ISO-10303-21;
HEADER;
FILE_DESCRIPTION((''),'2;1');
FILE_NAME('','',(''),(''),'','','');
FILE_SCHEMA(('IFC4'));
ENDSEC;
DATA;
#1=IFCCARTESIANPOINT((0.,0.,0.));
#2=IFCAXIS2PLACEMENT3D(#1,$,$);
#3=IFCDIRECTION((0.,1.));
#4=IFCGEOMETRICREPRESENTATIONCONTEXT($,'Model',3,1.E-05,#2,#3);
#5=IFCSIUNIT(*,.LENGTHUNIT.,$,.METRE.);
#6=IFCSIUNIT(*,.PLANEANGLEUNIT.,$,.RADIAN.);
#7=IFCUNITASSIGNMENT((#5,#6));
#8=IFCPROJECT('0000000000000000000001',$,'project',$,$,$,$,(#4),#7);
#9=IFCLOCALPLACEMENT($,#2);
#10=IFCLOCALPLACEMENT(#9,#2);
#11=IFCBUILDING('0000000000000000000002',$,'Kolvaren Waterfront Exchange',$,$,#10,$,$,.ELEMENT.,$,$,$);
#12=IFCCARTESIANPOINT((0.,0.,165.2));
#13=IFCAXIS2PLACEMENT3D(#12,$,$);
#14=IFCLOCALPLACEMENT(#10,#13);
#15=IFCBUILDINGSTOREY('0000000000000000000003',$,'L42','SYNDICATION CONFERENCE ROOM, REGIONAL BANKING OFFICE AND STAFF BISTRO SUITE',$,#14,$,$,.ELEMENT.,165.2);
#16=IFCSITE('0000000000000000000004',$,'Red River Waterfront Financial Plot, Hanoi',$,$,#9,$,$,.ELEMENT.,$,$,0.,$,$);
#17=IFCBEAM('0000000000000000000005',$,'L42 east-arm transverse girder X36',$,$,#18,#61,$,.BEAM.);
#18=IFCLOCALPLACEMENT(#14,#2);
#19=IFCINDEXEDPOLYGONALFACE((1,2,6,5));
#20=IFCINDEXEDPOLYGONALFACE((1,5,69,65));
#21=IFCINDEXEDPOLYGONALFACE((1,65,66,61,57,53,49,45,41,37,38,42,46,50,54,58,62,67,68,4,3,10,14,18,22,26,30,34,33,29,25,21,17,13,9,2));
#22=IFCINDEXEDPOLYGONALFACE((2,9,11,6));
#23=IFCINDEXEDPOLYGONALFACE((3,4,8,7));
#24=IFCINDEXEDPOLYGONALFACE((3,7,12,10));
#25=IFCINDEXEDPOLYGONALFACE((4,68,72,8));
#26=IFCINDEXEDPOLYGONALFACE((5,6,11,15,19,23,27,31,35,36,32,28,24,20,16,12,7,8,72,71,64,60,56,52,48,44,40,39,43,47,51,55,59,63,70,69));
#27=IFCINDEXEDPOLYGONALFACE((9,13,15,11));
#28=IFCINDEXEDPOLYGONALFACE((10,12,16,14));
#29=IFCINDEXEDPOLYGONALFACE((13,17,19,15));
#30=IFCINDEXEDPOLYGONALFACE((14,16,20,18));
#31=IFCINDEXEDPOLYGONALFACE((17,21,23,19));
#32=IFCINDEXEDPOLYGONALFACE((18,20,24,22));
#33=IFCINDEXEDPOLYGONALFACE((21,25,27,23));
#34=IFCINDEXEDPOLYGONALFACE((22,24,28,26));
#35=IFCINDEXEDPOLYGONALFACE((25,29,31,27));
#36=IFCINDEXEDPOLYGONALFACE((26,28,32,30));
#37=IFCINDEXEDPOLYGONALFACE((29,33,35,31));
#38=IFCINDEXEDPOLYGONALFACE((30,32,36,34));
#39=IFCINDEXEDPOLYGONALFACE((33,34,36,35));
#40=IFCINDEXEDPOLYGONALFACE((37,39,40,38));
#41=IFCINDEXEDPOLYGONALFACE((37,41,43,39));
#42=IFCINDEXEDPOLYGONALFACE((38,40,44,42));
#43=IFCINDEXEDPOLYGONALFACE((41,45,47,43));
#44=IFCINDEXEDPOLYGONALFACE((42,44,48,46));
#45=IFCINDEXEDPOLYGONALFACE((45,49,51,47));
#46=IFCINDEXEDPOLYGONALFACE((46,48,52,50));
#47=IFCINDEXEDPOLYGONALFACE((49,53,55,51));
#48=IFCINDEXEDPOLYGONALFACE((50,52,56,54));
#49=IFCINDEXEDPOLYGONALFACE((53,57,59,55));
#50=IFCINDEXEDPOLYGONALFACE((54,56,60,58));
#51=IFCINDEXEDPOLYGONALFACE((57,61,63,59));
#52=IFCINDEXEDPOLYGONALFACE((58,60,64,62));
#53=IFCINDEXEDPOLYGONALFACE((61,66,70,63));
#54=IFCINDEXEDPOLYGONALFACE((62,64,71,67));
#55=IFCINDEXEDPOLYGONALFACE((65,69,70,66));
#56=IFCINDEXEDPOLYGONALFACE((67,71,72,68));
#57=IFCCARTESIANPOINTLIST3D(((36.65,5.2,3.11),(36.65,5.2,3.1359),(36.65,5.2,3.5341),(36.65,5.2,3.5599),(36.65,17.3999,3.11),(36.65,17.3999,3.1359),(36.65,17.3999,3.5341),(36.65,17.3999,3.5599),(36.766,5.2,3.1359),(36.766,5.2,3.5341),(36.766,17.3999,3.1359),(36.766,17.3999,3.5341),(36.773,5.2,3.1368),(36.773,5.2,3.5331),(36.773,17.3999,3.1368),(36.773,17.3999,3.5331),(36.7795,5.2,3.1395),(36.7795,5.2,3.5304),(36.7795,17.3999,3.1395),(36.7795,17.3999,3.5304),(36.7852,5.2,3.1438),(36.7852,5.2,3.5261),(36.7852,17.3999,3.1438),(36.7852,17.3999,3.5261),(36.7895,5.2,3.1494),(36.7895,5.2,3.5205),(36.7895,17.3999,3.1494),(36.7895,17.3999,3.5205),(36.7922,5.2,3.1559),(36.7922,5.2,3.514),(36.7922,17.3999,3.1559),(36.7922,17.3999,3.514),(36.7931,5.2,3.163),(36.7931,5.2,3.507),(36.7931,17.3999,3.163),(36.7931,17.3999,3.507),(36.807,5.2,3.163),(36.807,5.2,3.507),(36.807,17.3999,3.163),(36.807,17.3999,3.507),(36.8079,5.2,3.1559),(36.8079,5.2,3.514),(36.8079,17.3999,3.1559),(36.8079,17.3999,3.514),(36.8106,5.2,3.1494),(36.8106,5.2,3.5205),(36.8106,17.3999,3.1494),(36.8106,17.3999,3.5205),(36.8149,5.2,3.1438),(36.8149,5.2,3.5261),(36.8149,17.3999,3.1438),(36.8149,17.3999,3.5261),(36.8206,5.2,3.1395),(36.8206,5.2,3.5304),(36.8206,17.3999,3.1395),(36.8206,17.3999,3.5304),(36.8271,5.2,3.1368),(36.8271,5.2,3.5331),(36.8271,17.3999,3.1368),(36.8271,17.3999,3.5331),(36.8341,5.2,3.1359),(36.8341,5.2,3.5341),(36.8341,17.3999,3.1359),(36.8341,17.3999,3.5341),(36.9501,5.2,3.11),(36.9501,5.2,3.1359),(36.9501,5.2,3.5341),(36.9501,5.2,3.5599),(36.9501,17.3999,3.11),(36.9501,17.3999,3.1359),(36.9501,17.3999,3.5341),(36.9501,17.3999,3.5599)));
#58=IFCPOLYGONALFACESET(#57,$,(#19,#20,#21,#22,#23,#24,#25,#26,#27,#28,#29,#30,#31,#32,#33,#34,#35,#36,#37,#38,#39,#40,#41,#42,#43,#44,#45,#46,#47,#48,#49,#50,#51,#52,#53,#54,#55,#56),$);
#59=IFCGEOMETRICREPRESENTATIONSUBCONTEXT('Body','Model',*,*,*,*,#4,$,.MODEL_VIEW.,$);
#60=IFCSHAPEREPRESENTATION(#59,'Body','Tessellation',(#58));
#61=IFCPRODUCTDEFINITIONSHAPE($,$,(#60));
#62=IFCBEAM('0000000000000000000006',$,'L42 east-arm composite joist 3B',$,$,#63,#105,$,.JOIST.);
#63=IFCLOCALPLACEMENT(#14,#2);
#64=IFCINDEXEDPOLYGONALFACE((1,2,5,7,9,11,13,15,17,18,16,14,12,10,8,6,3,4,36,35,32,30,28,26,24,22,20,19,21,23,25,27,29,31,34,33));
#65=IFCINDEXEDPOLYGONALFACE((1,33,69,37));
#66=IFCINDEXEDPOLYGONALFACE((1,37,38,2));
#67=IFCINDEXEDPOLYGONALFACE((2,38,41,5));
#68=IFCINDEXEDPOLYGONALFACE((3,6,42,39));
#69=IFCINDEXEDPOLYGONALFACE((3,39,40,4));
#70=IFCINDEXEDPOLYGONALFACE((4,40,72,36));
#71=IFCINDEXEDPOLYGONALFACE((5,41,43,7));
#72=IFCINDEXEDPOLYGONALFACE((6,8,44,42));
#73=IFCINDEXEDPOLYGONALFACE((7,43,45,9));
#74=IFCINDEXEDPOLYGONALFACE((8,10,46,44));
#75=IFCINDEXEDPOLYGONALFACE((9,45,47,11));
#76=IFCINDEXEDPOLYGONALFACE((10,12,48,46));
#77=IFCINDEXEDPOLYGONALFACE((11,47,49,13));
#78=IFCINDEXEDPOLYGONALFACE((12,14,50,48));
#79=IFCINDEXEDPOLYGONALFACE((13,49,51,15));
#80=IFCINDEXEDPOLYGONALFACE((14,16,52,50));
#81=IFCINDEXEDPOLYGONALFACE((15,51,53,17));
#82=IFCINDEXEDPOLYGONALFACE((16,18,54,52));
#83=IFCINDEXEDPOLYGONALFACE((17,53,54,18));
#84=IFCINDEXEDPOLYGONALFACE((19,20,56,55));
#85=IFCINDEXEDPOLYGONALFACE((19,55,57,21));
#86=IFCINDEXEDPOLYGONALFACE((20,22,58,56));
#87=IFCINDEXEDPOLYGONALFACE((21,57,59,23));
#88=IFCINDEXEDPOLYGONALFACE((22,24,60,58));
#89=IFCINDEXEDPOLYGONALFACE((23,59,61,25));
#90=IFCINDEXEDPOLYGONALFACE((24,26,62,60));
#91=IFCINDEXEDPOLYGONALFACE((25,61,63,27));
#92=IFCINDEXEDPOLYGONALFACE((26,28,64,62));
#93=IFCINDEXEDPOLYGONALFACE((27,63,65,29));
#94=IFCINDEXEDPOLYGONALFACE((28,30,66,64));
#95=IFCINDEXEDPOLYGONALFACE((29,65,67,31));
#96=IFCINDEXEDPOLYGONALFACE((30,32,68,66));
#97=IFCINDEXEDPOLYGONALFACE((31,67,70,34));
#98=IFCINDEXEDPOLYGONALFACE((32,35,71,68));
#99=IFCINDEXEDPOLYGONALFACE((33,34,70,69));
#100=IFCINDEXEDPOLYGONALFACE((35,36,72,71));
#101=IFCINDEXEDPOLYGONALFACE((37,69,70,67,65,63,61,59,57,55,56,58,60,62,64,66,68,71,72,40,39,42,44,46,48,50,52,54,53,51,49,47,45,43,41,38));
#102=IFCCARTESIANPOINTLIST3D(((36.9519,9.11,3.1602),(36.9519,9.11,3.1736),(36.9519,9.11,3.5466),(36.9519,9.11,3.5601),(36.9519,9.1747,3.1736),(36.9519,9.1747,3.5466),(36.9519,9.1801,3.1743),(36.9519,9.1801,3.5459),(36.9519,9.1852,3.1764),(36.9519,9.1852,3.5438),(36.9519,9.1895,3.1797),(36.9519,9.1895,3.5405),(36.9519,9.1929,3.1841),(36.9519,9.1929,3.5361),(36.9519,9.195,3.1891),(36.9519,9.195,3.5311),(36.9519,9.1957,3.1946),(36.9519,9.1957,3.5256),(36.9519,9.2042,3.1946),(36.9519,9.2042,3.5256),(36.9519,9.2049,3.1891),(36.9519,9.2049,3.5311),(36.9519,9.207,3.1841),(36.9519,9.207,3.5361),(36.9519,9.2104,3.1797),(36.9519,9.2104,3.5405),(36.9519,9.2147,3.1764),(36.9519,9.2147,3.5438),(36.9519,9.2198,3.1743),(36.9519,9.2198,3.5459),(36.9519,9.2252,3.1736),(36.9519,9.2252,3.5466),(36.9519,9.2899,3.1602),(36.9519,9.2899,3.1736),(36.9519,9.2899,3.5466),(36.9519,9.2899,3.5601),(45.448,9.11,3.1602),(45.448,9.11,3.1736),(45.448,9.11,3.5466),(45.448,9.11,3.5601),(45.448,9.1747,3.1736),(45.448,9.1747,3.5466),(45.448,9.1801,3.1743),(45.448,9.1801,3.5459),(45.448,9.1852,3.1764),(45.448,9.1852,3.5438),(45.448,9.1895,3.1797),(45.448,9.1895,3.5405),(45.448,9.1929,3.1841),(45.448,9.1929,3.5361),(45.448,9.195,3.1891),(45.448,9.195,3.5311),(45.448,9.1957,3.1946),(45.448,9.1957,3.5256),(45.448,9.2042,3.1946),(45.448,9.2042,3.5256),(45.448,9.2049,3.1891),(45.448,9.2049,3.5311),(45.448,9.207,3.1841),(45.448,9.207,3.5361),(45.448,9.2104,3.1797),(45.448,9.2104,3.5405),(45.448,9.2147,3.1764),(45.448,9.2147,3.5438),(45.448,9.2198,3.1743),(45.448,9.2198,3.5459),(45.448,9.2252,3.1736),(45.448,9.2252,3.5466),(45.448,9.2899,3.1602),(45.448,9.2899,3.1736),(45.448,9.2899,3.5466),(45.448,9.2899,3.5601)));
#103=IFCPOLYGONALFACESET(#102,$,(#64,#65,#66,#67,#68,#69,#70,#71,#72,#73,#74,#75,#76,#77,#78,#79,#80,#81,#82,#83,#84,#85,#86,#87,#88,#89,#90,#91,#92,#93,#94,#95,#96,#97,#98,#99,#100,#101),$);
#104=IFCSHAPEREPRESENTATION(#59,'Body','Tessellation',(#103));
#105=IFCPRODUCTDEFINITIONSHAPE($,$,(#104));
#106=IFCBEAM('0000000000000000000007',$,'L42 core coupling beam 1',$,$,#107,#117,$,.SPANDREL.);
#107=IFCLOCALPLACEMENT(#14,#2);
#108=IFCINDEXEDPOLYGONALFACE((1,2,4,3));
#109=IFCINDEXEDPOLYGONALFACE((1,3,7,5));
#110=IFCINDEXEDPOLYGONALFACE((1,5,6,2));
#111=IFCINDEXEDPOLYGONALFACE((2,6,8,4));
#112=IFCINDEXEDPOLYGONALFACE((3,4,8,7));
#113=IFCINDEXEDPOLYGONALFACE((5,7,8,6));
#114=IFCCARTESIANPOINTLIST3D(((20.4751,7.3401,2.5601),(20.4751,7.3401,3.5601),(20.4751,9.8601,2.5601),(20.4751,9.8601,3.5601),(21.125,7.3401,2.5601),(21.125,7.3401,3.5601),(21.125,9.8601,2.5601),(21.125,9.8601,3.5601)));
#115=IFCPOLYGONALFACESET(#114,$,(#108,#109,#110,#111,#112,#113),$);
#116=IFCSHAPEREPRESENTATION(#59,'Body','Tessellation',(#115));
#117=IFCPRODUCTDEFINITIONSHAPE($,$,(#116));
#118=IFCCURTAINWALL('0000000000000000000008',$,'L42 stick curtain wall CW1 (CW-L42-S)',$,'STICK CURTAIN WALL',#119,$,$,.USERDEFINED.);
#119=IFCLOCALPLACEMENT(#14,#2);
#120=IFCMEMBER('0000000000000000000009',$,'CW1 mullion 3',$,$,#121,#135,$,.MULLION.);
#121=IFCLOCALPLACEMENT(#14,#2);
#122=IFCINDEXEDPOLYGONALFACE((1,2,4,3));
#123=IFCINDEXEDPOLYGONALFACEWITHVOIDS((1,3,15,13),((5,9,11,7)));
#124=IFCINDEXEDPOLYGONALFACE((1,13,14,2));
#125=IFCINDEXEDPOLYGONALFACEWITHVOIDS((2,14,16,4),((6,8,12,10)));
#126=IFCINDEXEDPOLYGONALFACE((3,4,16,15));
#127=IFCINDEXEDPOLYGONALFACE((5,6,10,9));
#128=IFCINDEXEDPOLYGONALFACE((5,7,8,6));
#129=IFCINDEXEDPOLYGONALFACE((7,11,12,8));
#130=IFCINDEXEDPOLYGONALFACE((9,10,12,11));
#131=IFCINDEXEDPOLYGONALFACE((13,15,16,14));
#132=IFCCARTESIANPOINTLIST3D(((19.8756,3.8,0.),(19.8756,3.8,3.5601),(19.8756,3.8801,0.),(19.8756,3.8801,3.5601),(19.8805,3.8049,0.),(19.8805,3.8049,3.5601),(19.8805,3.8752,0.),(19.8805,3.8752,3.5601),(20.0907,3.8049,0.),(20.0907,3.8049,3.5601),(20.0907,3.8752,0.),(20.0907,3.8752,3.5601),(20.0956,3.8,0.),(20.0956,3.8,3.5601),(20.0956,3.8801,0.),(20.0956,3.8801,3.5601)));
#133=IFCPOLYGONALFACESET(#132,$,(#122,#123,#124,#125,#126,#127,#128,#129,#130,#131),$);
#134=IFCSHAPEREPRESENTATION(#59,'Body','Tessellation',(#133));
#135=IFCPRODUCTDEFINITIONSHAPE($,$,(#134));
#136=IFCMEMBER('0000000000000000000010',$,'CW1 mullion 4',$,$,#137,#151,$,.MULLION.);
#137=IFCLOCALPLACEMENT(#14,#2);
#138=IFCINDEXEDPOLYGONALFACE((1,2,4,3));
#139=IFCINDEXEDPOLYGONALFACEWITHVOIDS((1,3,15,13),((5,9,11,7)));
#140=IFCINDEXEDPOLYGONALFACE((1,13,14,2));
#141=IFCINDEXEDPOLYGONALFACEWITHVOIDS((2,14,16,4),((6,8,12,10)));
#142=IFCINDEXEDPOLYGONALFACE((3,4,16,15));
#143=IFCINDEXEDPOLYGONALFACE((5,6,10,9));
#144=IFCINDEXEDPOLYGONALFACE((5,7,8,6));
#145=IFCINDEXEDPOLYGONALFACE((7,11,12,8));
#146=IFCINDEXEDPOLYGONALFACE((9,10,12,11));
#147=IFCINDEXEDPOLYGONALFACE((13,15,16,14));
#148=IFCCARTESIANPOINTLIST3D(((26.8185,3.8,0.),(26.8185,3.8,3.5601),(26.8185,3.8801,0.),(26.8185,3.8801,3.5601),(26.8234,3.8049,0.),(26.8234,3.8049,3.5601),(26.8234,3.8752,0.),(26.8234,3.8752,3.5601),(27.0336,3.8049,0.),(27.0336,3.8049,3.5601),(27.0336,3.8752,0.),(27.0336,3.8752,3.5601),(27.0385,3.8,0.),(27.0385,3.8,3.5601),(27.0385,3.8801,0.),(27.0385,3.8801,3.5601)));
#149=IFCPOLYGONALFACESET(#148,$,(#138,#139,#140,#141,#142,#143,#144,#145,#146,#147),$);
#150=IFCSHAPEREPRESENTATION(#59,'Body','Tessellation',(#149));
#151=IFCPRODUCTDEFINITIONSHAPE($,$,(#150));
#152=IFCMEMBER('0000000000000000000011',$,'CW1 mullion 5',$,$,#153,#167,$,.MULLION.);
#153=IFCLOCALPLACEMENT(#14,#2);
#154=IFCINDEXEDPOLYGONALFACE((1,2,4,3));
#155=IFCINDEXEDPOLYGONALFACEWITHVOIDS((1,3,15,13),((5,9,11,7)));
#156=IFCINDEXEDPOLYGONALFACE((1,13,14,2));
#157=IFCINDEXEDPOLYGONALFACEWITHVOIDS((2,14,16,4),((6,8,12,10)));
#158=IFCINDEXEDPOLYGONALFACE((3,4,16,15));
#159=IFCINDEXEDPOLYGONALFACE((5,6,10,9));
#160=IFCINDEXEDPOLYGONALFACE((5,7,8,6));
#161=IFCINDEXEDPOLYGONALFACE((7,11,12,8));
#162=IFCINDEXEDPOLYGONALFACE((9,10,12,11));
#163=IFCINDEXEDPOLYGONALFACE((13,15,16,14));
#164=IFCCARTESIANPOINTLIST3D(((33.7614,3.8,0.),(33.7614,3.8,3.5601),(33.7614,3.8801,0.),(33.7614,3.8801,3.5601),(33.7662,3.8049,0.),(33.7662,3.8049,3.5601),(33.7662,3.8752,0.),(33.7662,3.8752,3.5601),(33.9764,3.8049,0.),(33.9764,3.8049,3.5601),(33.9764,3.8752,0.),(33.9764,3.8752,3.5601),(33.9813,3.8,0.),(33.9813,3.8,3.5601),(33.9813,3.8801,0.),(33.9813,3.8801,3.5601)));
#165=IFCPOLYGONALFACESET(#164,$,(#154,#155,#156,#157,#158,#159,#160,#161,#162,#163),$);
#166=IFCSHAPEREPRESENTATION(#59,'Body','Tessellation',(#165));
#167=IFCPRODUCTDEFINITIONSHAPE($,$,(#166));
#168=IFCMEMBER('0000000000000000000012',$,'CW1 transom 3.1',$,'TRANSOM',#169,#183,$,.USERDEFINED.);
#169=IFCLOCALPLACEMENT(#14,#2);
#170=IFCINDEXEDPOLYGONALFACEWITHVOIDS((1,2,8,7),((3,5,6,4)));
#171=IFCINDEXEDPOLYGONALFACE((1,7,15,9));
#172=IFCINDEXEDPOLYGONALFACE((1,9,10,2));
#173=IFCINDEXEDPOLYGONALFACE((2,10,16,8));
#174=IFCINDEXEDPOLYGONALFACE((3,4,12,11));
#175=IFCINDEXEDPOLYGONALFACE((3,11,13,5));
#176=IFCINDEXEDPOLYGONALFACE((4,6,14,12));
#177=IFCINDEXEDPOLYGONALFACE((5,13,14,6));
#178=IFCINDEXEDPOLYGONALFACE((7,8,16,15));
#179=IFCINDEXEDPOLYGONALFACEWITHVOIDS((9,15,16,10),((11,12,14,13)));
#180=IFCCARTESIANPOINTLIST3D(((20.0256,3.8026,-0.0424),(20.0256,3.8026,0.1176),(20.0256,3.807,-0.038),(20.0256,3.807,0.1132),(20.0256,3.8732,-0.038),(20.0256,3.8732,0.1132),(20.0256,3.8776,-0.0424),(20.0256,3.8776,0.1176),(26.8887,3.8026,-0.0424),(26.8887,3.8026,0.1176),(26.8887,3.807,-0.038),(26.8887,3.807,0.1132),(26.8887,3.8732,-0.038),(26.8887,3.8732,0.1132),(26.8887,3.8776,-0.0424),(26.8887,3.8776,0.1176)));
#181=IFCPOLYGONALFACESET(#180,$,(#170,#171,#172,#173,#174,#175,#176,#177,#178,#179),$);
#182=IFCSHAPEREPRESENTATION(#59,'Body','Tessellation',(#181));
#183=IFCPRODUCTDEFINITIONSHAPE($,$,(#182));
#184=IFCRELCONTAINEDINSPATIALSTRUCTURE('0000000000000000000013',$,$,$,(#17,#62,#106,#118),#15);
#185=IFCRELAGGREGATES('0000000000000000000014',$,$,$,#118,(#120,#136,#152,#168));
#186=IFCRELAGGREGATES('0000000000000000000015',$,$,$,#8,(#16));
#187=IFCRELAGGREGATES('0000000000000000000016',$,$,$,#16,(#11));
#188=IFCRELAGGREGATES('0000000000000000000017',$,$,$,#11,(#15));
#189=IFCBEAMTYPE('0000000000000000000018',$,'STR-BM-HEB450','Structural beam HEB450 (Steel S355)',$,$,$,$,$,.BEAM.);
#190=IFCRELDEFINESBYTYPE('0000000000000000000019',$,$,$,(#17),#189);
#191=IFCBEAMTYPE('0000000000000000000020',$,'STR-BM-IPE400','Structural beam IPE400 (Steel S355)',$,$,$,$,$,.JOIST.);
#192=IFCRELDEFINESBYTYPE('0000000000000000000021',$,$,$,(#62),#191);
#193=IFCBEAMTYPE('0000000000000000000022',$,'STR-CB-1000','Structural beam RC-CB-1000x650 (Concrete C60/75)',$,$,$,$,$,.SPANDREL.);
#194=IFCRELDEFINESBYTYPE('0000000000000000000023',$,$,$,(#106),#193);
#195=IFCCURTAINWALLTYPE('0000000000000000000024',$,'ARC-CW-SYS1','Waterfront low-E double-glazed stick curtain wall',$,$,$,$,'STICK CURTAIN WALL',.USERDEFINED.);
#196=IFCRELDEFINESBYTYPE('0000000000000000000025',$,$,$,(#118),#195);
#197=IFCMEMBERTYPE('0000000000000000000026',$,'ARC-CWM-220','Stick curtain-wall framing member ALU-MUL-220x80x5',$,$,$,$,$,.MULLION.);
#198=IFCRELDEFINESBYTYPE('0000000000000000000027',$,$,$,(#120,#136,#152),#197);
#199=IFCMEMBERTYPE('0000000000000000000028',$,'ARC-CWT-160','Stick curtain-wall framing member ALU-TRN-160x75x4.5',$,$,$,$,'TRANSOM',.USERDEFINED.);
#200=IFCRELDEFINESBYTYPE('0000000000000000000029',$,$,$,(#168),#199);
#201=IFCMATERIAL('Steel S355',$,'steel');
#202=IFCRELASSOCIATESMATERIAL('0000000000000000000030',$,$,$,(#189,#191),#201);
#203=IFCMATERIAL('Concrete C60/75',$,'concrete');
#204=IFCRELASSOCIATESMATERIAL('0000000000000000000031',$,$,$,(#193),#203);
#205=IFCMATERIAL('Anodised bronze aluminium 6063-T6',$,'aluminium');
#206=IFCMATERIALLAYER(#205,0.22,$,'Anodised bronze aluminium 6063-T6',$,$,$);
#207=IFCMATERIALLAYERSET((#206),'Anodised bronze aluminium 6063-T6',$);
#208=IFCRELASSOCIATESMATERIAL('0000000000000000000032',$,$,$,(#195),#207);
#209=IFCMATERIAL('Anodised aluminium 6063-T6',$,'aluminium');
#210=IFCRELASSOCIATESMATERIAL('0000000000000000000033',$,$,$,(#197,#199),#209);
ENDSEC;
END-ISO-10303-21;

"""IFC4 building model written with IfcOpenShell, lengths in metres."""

from ifc_helpers import new_model, si_unit, direction, frame, origin, origin_with_axes, origin_2d, place, context, subcontext, project, spatial, rectangle, hollow_rectangle, i_section, extrude, source, transform, mapped, material, layer, layer_set, material_profile, profile_set, type_object, element, aggregate, save


model = new_model("IFC4")

# Units and contexts
model_context = context("Model", 3, precision=1e-05, world=origin(), true_north=direction((0.0, 1.0)))
body_context = subcontext(model_context, "Body", "Model", "MODEL_VIEW")
ifc_project = project(units=[si_unit("LENGTHUNIT", "METRE"), si_unit("PLANEANGLEUNIT", "RADIAN")], contexts=[model_context])

# Site, building, storey
site_placement = place(None, origin())
site = spatial("IfcSite", under=ifc_project, at=site_placement, Name="Red River Waterfront Financial Plot, Hanoi", CompositionType="ELEMENT", RefElevation=0.0)
building_placement = place(site_placement, origin())
building = spatial("IfcBuilding", under=site, at=building_placement, Name="Kolvaren Waterfront Exchange", CompositionType="ELEMENT")
storey_placement = place(building_placement, frame((0.0, 0.0, 165.2)))
storey = spatial("IfcBuildingStorey", under=building, at=storey_placement, Name="L42", Description="SYNDICATION CONFERENCE ROOM, REGIONAL BANKING OFFICE AND STAFF BISTRO SUITE", CompositionType="ELEMENT", Elevation=165.2)

# Shared definitions
ifc_material_1 = material(Name="Concrete C60/75", Category="concrete")

# Beams
ifc_material_2 = material(Name="Steel S355", Category="steel")
ifc_material_profile_1 = material_profile(ifc_material_2, i_section(OverallWidth=0.3, OverallDepth=0.45, WebThickness=0.0139, FlangeThickness=0.0259, FilletRadius=0.0271, at=origin_2d()), Name="HEB450")
ifc_profile_set_1 = profile_set([ifc_material_profile_1], Name="Steel S355")
beam_type_1 = type_object("IfcBeamType", Name="STR-BM-HEB450", Description="Structural beam HEB450 (Steel S355)", PredefinedType="BEAM", material=ifc_profile_set_1)
for number, where, z_axis, x_axis, name in (
    (1, (36.8, 5.2, 3.335), (0.0, 1.0, 0.0), (-1.0, 0.0, 0.0), "L42 east-arm transverse girder X36"),
):
    element("IfcBeam", number, at=place(storey_placement, frame(where, z_axis=z_axis, x_axis=x_axis)), inside=storey, type_object=beam_type_1, Name=name, PredefinedType="BEAM", context=body_context, shape_type="SweptSolid", body=[
        extrude(i_section(OverallWidth=0.3, OverallDepth=0.45, WebThickness=0.0139, FlangeThickness=0.0259, FilletRadius=0.0271, at=origin_2d()), origin(), (0.0, 0.0, 1.0), 12.2),
    ])
ifc_material_profile_2 = material_profile(ifc_material_2, i_section(OverallWidth=0.1799, OverallDepth=0.3999, WebThickness=0.0085, FlangeThickness=0.0134, FilletRadius=0.021, at=origin_2d()), Name="IPE400")
ifc_profile_set_2 = profile_set([ifc_material_profile_2], Name="Steel S355")
beam_type_2 = type_object("IfcBeamType", Name="STR-BM-IPE400", Description="Structural beam IPE400 (Steel S355)", PredefinedType="JOIST", material=ifc_profile_set_2)
beam_1_placement = place(storey_placement, frame((36.9519, 9.2, 3.3601), z_axis=(1.0, 0.0, 0.0), x_axis=(0.0, 1.0, 0.0)))
element("IfcBeam", 2, at=beam_1_placement, inside=storey, type_object=beam_type_2, Name="L42 east-arm composite joist 3B", PredefinedType="JOIST", context=body_context, shape_type="SweptSolid", body=[
    extrude(i_section(OverallWidth=0.1799, OverallDepth=0.3999, WebThickness=0.0085, FlangeThickness=0.0134, FilletRadius=0.021, at=origin_2d()), origin(), (0.0, 0.0, 1.0), 8.4961),
])
ifc_material_profile_3 = material_profile(ifc_material_1, rectangle(XDim=0.6499, YDim=1.0, at=origin_2d()), Name="RC-CB-1000x650")
ifc_profile_set_3 = profile_set([ifc_material_profile_3], Name="Concrete C60/75")
beam_type_3 = type_object("IfcBeamType", Name="STR-CB-1000", Description="Structural beam RC-CB-1000x650 (Concrete C60/75)", PredefinedType="SPANDREL", material=ifc_profile_set_3)
beam_2_placement = place(storey_placement, frame((20.8, 7.3401, 3.0601), z_axis=(0.0, 1.0, 0.0), x_axis=(-1.0, 0.0, 0.0)))
element("IfcBeam", 3, at=beam_2_placement, inside=storey, type_object=beam_type_3, Name="L42 core coupling beam 1", PredefinedType="SPANDREL", context=body_context, shape_type="SweptSolid", body=[
    extrude(rectangle(XDim=0.6499, YDim=1.0, at=origin_2d()), origin(), (0.0, 0.0, 1.0), 2.52),
])

# Curtain wall, members
ifc_material_3 = material(Name="Anodised bronze aluminium 6063-T6", Category="aluminium")
ifc_layer_1 = layer(ifc_material_3, 0.22, Name="Anodised bronze aluminium 6063-T6")
ifc_layer_set_1 = layer_set([ifc_layer_1], Name="Anodised bronze aluminium 6063-T6")
curtain_wall_type = type_object("IfcCurtainWallType", Name="ARC-CW-SYS1", Description="Waterfront low-E double-glazed stick curtain wall", ElementType="STICK CURTAIN WALL", PredefinedType="USERDEFINED", material=ifc_layer_set_1)
curtain_wall_placement = place(storey_placement, origin())
curtain_wall = element("IfcCurtainWall", 4, at=curtain_wall_placement, inside=storey, type_object=curtain_wall_type, Name="L42 stick curtain wall CW1 (CW-L42-S)", ObjectType="STICK CURTAIN WALL", PredefinedType="USERDEFINED")
ifc_material_4 = material(Name="Anodised aluminium 6063-T6", Category="aluminium")
ifc_material_profile_4 = material_profile(ifc_material_4, hollow_rectangle(XDim=0.0801, YDim=0.22, WallThickness=0.0049, at=origin_2d()), Name="ALU-MUL-220x80x5")
ifc_profile_set_4 = profile_set([ifc_material_profile_4], Name="Anodised aluminium 6063-T6")
member_type_1 = type_object("IfcMemberType", Name="ARC-CWM-220", Description="Stick curtain-wall framing member ALU-MUL-220x80x5", PredefinedType="MULLION", material=ifc_profile_set_4)
shared_shape_1 = source(origin_with_axes(), body_context, "Body", "SweptSolid", [
    extrude(hollow_rectangle(XDim=0.0801, YDim=0.22, WallThickness=0.0049, at=origin_2d()), origin(), (0.0, 0.0, 1.0), 3.5601),
])
member_1_placement = place(storey_placement, frame((19.9856, 3.8401, 0.0), z_axis=(0.0, 0.0, 1.0), x_axis=(0.0, 1.0, 0.0)))
member_1 = element("IfcMember", 5, at=member_1_placement, type_object=member_type_1, Name="CW1 mullion 3", PredefinedType="MULLION", context=body_context, shape_type="MappedRepresentation", body=[
    mapped(shared_shape_1, transform((0.0, 0.0, 0.0), x_axis=(1.0, 0.0, 0.0), y_axis=(0.0, 1.0, 0.0), z_axis=(0.0, 0.0, 1.0), scale=1.0)),
])
member_2_placement = place(storey_placement, frame((26.9285, 3.8401, 0.0), z_axis=(0.0, 0.0, 1.0), x_axis=(0.0, 1.0, 0.0)))
member_2 = element("IfcMember", 6, at=member_2_placement, type_object=member_type_1, Name="CW1 mullion 4", PredefinedType="MULLION", context=body_context, shape_type="MappedRepresentation", body=[
    mapped(shared_shape_1, transform((0.0, 0.0, 0.0), x_axis=(1.0, 0.0, 0.0), y_axis=(0.0, 1.0, 0.0), z_axis=(0.0, 0.0, 1.0), scale=1.0)),
])
member_3_placement = place(storey_placement, frame((33.8713, 3.8401, 0.0), z_axis=(0.0, 0.0, 1.0), x_axis=(0.0, 1.0, 0.0)))
member_3 = element("IfcMember", 7, at=member_3_placement, type_object=member_type_1, Name="CW1 mullion 5", PredefinedType="MULLION", context=body_context, shape_type="MappedRepresentation", body=[
    mapped(shared_shape_1, transform((0.0, 0.0, 0.0), x_axis=(1.0, 0.0, 0.0), y_axis=(0.0, 1.0, 0.0), z_axis=(0.0, 0.0, 1.0), scale=1.0)),
])
ifc_material_profile_5 = material_profile(ifc_material_4, hollow_rectangle(XDim=0.075, YDim=0.1599, WallThickness=0.0044, at=origin_2d()), Name="ALU-TRN-160x75x4.5")
ifc_profile_set_5 = profile_set([ifc_material_profile_5], Name="Anodised aluminium 6063-T6")
member_type_2 = type_object("IfcMemberType", Name="ARC-CWT-160", Description="Stick curtain-wall framing member ALU-TRN-160x75x4.5", ElementType="TRANSOM", PredefinedType="USERDEFINED", material=ifc_profile_set_5)
shared_shape_2 = source(origin_with_axes(), body_context, "Body", "SweptSolid", [
    extrude(hollow_rectangle(XDim=0.075, YDim=0.1599, WallThickness=0.0044, at=origin_2d()), origin(), (0.0, 0.0, 1.0), 6.863),
])
member_4_placement = place(storey_placement, frame((20.0256, 3.8401, 0.0376), z_axis=(1.0, 0.0, 0.0), x_axis=(0.0, 1.0, 0.0)))
member_4 = element("IfcMember", 8, at=member_4_placement, type_object=member_type_2, Name="CW1 transom 3.1", ObjectType="TRANSOM", PredefinedType="USERDEFINED", context=body_context, shape_type="MappedRepresentation", body=[
    mapped(shared_shape_2, transform((0.0, 0.0, 0.0), x_axis=(1.0, 0.0, 0.0), y_axis=(0.0, 1.0, 0.0), z_axis=(0.0, 0.0, 1.0), scale=1.0)),
])
aggregate(curtain_wall, [member_1, member_2, member_3, member_4])

save(model, "model.ifc")
